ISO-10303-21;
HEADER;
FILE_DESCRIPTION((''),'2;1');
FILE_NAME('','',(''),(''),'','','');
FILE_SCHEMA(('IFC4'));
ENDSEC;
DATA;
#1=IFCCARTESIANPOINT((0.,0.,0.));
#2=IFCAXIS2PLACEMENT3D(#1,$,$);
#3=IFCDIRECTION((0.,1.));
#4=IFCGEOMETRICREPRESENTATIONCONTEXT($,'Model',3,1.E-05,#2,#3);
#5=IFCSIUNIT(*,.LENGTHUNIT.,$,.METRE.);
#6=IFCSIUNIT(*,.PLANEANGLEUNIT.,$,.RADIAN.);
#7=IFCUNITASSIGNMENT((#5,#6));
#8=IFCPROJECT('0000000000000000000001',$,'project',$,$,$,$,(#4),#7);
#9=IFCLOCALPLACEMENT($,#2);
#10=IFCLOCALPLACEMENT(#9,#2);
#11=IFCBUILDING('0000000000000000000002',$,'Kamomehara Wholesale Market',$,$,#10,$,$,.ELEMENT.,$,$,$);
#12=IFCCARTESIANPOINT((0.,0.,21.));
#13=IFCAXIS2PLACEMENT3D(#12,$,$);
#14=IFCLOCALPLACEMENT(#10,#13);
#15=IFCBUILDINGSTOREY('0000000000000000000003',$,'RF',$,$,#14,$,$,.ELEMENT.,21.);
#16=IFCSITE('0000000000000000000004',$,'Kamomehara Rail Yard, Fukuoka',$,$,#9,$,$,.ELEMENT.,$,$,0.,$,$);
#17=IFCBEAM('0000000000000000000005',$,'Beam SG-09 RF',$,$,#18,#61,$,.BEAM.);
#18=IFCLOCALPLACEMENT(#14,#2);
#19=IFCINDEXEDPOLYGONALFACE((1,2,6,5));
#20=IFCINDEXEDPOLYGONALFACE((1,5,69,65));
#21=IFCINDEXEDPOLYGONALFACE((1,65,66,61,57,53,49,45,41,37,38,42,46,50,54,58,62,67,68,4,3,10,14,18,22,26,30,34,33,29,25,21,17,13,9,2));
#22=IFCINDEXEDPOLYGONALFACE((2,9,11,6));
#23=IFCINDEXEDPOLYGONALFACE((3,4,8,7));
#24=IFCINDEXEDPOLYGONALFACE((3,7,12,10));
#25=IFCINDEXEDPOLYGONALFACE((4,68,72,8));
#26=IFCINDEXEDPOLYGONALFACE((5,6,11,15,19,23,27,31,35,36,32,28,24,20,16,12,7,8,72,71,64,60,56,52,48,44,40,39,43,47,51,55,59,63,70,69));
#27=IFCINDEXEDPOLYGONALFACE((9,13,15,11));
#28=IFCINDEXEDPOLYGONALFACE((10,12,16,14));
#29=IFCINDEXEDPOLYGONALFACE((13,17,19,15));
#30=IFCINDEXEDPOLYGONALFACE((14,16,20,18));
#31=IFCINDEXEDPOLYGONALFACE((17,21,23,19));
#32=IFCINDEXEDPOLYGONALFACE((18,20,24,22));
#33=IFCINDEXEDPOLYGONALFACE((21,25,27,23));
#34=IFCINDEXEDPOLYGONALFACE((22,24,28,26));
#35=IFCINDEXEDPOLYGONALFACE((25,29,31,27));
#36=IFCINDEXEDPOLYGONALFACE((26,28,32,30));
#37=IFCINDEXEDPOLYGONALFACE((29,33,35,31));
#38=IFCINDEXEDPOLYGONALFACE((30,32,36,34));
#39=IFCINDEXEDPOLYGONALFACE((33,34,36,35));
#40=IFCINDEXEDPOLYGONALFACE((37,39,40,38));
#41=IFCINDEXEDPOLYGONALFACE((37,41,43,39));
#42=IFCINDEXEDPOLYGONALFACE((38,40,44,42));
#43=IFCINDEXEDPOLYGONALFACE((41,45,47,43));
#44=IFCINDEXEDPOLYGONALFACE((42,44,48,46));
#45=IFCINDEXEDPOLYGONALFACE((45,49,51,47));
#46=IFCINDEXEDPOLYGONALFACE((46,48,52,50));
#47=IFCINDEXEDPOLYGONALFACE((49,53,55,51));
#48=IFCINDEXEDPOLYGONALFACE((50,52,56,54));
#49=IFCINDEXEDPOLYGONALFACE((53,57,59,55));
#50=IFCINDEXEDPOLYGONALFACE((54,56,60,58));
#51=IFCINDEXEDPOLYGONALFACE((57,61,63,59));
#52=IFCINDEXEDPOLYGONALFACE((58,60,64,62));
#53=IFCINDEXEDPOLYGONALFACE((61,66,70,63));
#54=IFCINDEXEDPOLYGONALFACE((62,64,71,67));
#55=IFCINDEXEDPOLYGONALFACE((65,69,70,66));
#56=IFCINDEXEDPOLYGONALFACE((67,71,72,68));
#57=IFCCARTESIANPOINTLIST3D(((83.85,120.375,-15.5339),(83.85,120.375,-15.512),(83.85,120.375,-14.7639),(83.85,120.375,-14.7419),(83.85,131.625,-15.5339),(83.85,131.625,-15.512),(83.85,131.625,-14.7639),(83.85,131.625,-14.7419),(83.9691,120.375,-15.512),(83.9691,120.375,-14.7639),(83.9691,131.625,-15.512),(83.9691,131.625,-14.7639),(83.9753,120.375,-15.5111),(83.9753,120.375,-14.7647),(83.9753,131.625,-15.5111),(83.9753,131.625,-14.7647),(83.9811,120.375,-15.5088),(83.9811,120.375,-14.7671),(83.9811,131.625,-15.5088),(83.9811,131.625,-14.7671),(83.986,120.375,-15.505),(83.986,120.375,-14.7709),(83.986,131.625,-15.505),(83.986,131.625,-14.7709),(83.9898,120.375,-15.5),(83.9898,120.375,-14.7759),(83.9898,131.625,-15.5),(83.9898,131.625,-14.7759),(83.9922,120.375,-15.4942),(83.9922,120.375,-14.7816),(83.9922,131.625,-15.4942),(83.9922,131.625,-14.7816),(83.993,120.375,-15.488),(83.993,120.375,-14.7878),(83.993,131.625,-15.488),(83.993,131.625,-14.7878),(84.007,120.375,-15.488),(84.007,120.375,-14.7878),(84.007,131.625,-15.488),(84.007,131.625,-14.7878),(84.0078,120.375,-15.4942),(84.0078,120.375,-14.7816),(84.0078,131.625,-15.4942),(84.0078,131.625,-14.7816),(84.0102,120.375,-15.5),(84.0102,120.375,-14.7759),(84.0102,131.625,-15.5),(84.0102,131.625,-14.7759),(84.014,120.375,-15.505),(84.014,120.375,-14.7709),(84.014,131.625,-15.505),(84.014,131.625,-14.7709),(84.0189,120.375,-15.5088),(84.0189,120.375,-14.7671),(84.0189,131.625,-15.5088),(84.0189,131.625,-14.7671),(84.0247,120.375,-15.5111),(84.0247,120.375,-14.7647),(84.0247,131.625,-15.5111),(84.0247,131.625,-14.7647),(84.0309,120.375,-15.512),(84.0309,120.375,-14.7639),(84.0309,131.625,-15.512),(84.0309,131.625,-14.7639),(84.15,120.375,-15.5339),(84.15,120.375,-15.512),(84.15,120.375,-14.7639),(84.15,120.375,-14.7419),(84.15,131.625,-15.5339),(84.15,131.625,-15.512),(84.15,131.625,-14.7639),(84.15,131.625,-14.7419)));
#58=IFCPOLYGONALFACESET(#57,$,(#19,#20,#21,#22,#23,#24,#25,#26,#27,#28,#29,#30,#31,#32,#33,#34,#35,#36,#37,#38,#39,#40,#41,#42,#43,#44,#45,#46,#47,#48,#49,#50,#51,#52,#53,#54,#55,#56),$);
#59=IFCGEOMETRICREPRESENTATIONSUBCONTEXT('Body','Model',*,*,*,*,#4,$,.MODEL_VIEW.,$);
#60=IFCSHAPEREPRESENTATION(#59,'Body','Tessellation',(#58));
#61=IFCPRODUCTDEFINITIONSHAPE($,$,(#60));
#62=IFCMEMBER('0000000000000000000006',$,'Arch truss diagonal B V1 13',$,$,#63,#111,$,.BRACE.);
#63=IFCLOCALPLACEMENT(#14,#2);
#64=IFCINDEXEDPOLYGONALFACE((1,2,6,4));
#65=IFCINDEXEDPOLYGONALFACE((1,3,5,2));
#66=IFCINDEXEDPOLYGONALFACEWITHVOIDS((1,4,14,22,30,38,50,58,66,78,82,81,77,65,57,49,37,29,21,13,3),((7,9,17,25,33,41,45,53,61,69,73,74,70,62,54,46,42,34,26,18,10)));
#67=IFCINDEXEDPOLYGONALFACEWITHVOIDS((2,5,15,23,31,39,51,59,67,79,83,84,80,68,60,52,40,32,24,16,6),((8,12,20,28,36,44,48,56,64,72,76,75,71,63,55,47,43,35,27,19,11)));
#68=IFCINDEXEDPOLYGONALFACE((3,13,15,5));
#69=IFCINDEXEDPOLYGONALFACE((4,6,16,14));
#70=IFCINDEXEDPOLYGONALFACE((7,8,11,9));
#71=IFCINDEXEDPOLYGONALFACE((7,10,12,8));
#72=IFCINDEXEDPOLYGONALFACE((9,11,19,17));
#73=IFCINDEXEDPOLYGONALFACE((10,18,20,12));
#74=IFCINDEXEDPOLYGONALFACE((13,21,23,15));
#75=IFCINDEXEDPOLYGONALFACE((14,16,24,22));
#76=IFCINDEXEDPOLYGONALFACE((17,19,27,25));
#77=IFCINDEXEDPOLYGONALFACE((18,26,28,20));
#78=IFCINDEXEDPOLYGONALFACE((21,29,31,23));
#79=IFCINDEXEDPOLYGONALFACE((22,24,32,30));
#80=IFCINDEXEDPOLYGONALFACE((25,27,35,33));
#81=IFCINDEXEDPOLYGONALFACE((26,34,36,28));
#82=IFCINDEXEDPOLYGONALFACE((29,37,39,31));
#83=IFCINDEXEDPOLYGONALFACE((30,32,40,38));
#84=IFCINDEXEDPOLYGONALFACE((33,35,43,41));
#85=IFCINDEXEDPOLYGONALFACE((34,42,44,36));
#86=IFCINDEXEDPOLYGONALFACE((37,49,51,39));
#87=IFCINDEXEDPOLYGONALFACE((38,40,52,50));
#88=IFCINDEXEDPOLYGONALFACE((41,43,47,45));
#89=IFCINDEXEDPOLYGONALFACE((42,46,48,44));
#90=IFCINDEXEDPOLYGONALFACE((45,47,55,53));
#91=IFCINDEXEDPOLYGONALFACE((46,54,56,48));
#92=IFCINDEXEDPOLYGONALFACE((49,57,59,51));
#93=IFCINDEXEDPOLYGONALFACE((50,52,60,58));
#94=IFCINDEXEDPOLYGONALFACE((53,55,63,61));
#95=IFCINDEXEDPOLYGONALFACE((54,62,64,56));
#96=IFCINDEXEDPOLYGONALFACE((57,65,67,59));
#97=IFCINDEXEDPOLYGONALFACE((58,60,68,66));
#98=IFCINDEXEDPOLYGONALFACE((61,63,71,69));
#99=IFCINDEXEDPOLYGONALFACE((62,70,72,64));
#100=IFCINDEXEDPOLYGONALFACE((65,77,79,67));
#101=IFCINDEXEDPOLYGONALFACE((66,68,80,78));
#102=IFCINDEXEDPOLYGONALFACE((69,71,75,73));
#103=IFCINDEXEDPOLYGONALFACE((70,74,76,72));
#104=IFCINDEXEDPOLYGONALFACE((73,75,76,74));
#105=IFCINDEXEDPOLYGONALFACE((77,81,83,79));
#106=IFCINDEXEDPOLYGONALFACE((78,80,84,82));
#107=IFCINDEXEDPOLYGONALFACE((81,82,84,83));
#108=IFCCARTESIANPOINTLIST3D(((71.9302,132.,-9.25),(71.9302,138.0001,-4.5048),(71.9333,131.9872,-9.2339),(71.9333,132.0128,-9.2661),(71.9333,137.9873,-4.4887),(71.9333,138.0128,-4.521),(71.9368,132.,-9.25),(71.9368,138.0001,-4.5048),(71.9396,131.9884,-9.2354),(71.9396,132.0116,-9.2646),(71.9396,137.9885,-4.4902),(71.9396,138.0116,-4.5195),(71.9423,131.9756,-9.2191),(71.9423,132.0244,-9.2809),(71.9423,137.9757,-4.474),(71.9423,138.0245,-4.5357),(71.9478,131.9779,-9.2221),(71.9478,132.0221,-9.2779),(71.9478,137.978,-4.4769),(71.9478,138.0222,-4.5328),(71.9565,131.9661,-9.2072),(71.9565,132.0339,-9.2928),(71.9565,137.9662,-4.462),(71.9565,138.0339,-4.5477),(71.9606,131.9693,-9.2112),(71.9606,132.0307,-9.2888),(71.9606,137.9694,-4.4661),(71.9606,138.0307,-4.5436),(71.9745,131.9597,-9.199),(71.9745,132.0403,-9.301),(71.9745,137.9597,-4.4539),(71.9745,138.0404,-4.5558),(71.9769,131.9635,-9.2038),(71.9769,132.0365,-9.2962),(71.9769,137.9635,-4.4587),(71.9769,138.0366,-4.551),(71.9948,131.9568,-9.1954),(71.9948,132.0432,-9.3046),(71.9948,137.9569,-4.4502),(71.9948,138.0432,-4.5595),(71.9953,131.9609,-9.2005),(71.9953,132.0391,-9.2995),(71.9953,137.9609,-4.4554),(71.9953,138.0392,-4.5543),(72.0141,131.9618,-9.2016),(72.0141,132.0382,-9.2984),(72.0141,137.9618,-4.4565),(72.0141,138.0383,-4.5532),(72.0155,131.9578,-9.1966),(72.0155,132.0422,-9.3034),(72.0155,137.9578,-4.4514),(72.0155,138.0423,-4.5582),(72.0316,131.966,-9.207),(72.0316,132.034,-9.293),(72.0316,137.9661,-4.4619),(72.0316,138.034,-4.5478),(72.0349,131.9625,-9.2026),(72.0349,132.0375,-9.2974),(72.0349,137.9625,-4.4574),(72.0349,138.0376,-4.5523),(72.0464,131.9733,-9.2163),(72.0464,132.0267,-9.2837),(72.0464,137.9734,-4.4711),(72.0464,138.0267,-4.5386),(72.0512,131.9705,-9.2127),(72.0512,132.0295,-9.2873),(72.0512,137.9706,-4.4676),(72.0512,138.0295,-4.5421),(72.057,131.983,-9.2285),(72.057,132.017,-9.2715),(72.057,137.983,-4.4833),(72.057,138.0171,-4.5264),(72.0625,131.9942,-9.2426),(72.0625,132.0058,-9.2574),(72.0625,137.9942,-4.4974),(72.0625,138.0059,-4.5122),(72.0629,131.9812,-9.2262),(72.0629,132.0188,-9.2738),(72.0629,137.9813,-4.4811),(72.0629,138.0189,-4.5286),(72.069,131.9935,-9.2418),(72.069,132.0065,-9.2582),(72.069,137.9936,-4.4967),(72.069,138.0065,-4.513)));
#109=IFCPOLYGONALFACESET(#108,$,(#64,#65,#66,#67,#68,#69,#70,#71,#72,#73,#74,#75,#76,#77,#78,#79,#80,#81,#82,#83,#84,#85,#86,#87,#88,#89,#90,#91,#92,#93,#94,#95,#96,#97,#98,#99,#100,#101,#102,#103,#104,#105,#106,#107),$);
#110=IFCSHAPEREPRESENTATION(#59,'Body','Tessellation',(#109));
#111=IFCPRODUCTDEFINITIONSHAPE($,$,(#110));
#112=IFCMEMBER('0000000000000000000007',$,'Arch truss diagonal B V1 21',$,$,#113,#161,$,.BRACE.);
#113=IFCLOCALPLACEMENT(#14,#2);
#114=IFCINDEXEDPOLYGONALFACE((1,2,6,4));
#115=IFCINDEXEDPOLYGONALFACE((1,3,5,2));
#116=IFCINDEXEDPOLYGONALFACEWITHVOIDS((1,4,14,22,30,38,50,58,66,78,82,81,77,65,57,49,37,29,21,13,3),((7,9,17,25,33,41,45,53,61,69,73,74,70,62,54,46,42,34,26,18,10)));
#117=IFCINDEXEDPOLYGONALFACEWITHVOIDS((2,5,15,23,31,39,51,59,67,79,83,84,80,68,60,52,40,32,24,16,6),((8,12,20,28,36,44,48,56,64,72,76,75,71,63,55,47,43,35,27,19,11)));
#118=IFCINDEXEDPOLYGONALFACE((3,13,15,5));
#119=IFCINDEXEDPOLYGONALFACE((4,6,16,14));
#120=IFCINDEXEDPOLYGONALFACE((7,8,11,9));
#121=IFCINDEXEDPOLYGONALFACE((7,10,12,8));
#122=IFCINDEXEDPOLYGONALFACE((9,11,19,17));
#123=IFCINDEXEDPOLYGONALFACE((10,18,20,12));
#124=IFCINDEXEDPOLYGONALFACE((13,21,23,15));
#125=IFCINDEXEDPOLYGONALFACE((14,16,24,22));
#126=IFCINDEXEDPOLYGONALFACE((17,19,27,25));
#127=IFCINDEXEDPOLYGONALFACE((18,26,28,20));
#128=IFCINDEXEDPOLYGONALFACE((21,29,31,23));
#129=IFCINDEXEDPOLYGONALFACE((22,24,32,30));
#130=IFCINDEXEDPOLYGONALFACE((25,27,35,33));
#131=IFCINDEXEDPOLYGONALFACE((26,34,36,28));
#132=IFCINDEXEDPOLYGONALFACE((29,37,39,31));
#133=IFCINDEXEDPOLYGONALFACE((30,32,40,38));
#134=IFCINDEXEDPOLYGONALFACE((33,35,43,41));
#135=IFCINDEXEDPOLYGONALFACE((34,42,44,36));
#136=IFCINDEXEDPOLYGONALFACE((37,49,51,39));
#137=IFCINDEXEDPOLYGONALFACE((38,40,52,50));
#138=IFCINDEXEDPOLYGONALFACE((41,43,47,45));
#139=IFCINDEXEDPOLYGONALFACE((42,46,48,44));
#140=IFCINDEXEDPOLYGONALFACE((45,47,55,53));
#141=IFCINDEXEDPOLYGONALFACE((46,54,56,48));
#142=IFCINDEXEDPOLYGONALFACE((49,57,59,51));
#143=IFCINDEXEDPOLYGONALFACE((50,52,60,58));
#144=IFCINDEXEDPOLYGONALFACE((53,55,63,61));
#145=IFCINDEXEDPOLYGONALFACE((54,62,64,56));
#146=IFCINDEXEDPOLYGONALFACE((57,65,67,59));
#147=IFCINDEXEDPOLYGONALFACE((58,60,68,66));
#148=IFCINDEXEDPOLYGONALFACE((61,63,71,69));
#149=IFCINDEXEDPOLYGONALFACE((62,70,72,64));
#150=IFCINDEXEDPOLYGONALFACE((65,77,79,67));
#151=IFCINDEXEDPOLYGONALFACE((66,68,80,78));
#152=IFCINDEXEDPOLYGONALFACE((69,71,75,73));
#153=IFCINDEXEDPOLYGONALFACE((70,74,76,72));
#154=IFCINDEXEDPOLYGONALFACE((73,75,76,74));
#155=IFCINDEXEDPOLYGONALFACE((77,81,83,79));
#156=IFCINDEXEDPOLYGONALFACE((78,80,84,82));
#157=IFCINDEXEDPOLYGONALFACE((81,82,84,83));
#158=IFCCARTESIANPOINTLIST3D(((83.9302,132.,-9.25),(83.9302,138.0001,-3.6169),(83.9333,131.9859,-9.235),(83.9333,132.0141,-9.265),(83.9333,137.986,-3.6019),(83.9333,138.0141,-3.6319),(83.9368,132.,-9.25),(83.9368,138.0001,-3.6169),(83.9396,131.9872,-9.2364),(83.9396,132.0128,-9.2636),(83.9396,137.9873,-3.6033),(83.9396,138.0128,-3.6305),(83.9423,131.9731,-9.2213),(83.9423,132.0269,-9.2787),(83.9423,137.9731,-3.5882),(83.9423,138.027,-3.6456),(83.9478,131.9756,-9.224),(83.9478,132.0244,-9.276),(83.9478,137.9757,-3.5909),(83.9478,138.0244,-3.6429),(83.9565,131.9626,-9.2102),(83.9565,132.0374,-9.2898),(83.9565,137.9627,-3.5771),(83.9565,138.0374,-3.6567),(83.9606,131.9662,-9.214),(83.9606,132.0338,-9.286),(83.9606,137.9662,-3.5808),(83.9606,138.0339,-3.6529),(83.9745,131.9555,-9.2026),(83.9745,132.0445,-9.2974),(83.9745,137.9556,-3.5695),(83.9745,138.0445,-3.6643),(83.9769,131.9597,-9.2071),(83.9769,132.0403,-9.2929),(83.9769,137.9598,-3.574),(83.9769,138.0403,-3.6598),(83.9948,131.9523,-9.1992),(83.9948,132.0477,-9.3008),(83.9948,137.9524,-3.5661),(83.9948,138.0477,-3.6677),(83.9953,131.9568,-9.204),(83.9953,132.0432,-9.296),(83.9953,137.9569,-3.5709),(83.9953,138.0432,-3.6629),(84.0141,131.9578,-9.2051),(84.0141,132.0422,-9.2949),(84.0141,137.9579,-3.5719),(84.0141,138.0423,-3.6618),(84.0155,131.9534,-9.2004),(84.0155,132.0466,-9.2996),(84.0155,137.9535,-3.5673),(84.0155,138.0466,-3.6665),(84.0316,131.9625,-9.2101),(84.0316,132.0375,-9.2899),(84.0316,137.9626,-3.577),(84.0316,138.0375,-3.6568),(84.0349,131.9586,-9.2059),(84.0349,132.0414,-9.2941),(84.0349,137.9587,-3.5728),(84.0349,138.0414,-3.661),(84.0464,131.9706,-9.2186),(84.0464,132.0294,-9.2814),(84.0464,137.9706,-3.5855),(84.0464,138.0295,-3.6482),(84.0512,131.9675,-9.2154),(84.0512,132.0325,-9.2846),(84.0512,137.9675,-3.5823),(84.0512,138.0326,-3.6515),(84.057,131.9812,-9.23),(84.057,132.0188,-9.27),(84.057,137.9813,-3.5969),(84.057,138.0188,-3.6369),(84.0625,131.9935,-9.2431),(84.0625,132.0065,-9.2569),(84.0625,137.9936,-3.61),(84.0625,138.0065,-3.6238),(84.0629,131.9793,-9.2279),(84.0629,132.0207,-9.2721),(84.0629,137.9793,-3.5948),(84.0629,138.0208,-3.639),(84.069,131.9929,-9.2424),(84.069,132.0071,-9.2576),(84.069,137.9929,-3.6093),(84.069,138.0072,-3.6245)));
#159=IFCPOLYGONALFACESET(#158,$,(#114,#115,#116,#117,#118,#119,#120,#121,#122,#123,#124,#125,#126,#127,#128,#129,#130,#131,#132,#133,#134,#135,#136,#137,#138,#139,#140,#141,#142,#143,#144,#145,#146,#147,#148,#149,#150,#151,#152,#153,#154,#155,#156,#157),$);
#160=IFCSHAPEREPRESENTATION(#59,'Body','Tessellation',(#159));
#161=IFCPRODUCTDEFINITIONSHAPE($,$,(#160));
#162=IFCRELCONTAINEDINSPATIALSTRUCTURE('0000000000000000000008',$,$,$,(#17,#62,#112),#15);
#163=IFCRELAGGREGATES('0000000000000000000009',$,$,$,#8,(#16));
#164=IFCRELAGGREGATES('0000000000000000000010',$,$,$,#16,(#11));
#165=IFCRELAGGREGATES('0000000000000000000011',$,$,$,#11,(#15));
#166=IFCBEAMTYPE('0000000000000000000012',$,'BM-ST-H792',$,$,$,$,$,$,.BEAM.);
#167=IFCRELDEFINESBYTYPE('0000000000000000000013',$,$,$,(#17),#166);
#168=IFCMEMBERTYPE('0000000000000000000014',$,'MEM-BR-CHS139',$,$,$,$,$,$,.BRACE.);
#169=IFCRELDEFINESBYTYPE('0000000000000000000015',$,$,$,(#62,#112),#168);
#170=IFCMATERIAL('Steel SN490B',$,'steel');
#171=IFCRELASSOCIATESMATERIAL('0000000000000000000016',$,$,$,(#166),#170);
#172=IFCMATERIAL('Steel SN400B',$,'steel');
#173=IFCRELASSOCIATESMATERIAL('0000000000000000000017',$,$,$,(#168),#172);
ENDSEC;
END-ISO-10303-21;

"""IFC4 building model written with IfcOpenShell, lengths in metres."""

from ifc_helpers import new_model, si_unit, direction, frame, origin, origin_2d, place, context, subcontext, project, spatial, hollow_circle, i_section, extrude, material, material_profile, profile_set, type_object, element, save


model = new_model("IFC4")

# Units and contexts
model_context = context("Model", 3, precision=1e-05, world=origin(), true_north=direction((0.0, 1.0)))
body_context = subcontext(model_context, "Body", "Model", "MODEL_VIEW")
ifc_project = project(units=[si_unit("LENGTHUNIT", "METRE"), si_unit("PLANEANGLEUNIT", "RADIAN")], contexts=[model_context])

# Site, building, storey
site_placement = place(None, origin())
site = spatial("IfcSite", under=ifc_project, at=site_placement, Name="Kamomehara Rail Yard, Fukuoka", CompositionType="ELEMENT", RefElevation=0.0)
building_placement = place(site_placement, origin())
building = spatial("IfcBuilding", under=site, at=building_placement, Name="Kamomehara Wholesale Market", CompositionType="ELEMENT")
storey_placement = place(building_placement, frame((0.0, 0.0, 21.0)))
storey = spatial("IfcBuildingStorey", under=building, at=storey_placement, Name="RF", CompositionType="ELEMENT", Elevation=21.0)

# Beam
ifc_material_1 = material(Name="Steel SN490B", Category="steel")
ifc_material_profile_1 = material_profile(ifc_material_1, i_section(OverallWidth=0.3, OverallDepth=0.792, WebThickness=0.0139, FlangeThickness=0.022, FilletRadius=0.0239, at=origin_2d()), Name="H-792x300x14x22")
ifc_profile_set_1 = profile_set([ifc_material_profile_1], Name="Steel SN490B")
beam_type_1 = type_object("IfcBeamType", Name="BM-ST-H792", PredefinedType="BEAM", material=ifc_profile_set_1)
beam_1_placement = place(storey_placement, frame((84.0, 120.375, -15.1379), z_axis=(0.0, 1.0, 0.0), x_axis=(-1.0, 0.0, 0.0)))
element("IfcBeam", 1, at=beam_1_placement, inside=storey, type_object=beam_type_1, Name="Beam SG-09 RF", PredefinedType="BEAM", context=body_context, shape_type="SweptSolid", body=[
    extrude(i_section(OverallWidth=0.3, OverallDepth=0.792, WebThickness=0.0139, FlangeThickness=0.022, FilletRadius=0.0239, at=origin_2d()), origin(), (0.0, 0.0, 1.0), 11.25),
])

# Members
ifc_material_2 = material(Name="Steel SN400B", Category="steel")
ifc_material_profile_2 = material_profile(ifc_material_2, hollow_circle(Radius=0.0698, WallThickness=0.0066, at=origin_2d()), Name="CHS-139.8x6.6")
ifc_profile_set_2 = profile_set([ifc_material_profile_2], Name="Steel SN400B")
member_type_1 = type_object("IfcMemberType", Name="MEM-BR-CHS139", PredefinedType="BRACE", material=ifc_profile_set_2)
member_1_placement = place(storey_placement, frame((72.0, 132.0, -9.25), z_axis=(0.0, 0.784356, 0.62031), x_axis=(-1.0, 0.0, 0.0)))
element("IfcMember", 2, at=member_1_placement, inside=storey, type_object=member_type_1, Name="Arch truss diagonal B V1 13", PredefinedType="BRACE", context=body_context, shape_type="SweptSolid", body=[
    extrude(hollow_circle(Radius=0.0698, WallThickness=0.0066, at=origin_2d()), origin(), (0.0, 0.0, 1.0), 7.6497),
])
member_2_placement = place(storey_placement, frame((84.0, 132.0, -9.25), z_axis=(0.0, 0.729049, 0.684462), x_axis=(-1.0, 0.0, 0.0)))
element("IfcMember", 3, at=member_2_placement, inside=storey, type_object=member_type_1, Name="Arch truss diagonal B V1 21", PredefinedType="BRACE", context=body_context, shape_type="SweptSolid", body=[
    extrude(hollow_circle(Radius=0.0698, WallThickness=0.0066, at=origin_2d()), origin(), (0.0, 0.0, 1.0), 8.23),
])

save(model, "model.ifc")
